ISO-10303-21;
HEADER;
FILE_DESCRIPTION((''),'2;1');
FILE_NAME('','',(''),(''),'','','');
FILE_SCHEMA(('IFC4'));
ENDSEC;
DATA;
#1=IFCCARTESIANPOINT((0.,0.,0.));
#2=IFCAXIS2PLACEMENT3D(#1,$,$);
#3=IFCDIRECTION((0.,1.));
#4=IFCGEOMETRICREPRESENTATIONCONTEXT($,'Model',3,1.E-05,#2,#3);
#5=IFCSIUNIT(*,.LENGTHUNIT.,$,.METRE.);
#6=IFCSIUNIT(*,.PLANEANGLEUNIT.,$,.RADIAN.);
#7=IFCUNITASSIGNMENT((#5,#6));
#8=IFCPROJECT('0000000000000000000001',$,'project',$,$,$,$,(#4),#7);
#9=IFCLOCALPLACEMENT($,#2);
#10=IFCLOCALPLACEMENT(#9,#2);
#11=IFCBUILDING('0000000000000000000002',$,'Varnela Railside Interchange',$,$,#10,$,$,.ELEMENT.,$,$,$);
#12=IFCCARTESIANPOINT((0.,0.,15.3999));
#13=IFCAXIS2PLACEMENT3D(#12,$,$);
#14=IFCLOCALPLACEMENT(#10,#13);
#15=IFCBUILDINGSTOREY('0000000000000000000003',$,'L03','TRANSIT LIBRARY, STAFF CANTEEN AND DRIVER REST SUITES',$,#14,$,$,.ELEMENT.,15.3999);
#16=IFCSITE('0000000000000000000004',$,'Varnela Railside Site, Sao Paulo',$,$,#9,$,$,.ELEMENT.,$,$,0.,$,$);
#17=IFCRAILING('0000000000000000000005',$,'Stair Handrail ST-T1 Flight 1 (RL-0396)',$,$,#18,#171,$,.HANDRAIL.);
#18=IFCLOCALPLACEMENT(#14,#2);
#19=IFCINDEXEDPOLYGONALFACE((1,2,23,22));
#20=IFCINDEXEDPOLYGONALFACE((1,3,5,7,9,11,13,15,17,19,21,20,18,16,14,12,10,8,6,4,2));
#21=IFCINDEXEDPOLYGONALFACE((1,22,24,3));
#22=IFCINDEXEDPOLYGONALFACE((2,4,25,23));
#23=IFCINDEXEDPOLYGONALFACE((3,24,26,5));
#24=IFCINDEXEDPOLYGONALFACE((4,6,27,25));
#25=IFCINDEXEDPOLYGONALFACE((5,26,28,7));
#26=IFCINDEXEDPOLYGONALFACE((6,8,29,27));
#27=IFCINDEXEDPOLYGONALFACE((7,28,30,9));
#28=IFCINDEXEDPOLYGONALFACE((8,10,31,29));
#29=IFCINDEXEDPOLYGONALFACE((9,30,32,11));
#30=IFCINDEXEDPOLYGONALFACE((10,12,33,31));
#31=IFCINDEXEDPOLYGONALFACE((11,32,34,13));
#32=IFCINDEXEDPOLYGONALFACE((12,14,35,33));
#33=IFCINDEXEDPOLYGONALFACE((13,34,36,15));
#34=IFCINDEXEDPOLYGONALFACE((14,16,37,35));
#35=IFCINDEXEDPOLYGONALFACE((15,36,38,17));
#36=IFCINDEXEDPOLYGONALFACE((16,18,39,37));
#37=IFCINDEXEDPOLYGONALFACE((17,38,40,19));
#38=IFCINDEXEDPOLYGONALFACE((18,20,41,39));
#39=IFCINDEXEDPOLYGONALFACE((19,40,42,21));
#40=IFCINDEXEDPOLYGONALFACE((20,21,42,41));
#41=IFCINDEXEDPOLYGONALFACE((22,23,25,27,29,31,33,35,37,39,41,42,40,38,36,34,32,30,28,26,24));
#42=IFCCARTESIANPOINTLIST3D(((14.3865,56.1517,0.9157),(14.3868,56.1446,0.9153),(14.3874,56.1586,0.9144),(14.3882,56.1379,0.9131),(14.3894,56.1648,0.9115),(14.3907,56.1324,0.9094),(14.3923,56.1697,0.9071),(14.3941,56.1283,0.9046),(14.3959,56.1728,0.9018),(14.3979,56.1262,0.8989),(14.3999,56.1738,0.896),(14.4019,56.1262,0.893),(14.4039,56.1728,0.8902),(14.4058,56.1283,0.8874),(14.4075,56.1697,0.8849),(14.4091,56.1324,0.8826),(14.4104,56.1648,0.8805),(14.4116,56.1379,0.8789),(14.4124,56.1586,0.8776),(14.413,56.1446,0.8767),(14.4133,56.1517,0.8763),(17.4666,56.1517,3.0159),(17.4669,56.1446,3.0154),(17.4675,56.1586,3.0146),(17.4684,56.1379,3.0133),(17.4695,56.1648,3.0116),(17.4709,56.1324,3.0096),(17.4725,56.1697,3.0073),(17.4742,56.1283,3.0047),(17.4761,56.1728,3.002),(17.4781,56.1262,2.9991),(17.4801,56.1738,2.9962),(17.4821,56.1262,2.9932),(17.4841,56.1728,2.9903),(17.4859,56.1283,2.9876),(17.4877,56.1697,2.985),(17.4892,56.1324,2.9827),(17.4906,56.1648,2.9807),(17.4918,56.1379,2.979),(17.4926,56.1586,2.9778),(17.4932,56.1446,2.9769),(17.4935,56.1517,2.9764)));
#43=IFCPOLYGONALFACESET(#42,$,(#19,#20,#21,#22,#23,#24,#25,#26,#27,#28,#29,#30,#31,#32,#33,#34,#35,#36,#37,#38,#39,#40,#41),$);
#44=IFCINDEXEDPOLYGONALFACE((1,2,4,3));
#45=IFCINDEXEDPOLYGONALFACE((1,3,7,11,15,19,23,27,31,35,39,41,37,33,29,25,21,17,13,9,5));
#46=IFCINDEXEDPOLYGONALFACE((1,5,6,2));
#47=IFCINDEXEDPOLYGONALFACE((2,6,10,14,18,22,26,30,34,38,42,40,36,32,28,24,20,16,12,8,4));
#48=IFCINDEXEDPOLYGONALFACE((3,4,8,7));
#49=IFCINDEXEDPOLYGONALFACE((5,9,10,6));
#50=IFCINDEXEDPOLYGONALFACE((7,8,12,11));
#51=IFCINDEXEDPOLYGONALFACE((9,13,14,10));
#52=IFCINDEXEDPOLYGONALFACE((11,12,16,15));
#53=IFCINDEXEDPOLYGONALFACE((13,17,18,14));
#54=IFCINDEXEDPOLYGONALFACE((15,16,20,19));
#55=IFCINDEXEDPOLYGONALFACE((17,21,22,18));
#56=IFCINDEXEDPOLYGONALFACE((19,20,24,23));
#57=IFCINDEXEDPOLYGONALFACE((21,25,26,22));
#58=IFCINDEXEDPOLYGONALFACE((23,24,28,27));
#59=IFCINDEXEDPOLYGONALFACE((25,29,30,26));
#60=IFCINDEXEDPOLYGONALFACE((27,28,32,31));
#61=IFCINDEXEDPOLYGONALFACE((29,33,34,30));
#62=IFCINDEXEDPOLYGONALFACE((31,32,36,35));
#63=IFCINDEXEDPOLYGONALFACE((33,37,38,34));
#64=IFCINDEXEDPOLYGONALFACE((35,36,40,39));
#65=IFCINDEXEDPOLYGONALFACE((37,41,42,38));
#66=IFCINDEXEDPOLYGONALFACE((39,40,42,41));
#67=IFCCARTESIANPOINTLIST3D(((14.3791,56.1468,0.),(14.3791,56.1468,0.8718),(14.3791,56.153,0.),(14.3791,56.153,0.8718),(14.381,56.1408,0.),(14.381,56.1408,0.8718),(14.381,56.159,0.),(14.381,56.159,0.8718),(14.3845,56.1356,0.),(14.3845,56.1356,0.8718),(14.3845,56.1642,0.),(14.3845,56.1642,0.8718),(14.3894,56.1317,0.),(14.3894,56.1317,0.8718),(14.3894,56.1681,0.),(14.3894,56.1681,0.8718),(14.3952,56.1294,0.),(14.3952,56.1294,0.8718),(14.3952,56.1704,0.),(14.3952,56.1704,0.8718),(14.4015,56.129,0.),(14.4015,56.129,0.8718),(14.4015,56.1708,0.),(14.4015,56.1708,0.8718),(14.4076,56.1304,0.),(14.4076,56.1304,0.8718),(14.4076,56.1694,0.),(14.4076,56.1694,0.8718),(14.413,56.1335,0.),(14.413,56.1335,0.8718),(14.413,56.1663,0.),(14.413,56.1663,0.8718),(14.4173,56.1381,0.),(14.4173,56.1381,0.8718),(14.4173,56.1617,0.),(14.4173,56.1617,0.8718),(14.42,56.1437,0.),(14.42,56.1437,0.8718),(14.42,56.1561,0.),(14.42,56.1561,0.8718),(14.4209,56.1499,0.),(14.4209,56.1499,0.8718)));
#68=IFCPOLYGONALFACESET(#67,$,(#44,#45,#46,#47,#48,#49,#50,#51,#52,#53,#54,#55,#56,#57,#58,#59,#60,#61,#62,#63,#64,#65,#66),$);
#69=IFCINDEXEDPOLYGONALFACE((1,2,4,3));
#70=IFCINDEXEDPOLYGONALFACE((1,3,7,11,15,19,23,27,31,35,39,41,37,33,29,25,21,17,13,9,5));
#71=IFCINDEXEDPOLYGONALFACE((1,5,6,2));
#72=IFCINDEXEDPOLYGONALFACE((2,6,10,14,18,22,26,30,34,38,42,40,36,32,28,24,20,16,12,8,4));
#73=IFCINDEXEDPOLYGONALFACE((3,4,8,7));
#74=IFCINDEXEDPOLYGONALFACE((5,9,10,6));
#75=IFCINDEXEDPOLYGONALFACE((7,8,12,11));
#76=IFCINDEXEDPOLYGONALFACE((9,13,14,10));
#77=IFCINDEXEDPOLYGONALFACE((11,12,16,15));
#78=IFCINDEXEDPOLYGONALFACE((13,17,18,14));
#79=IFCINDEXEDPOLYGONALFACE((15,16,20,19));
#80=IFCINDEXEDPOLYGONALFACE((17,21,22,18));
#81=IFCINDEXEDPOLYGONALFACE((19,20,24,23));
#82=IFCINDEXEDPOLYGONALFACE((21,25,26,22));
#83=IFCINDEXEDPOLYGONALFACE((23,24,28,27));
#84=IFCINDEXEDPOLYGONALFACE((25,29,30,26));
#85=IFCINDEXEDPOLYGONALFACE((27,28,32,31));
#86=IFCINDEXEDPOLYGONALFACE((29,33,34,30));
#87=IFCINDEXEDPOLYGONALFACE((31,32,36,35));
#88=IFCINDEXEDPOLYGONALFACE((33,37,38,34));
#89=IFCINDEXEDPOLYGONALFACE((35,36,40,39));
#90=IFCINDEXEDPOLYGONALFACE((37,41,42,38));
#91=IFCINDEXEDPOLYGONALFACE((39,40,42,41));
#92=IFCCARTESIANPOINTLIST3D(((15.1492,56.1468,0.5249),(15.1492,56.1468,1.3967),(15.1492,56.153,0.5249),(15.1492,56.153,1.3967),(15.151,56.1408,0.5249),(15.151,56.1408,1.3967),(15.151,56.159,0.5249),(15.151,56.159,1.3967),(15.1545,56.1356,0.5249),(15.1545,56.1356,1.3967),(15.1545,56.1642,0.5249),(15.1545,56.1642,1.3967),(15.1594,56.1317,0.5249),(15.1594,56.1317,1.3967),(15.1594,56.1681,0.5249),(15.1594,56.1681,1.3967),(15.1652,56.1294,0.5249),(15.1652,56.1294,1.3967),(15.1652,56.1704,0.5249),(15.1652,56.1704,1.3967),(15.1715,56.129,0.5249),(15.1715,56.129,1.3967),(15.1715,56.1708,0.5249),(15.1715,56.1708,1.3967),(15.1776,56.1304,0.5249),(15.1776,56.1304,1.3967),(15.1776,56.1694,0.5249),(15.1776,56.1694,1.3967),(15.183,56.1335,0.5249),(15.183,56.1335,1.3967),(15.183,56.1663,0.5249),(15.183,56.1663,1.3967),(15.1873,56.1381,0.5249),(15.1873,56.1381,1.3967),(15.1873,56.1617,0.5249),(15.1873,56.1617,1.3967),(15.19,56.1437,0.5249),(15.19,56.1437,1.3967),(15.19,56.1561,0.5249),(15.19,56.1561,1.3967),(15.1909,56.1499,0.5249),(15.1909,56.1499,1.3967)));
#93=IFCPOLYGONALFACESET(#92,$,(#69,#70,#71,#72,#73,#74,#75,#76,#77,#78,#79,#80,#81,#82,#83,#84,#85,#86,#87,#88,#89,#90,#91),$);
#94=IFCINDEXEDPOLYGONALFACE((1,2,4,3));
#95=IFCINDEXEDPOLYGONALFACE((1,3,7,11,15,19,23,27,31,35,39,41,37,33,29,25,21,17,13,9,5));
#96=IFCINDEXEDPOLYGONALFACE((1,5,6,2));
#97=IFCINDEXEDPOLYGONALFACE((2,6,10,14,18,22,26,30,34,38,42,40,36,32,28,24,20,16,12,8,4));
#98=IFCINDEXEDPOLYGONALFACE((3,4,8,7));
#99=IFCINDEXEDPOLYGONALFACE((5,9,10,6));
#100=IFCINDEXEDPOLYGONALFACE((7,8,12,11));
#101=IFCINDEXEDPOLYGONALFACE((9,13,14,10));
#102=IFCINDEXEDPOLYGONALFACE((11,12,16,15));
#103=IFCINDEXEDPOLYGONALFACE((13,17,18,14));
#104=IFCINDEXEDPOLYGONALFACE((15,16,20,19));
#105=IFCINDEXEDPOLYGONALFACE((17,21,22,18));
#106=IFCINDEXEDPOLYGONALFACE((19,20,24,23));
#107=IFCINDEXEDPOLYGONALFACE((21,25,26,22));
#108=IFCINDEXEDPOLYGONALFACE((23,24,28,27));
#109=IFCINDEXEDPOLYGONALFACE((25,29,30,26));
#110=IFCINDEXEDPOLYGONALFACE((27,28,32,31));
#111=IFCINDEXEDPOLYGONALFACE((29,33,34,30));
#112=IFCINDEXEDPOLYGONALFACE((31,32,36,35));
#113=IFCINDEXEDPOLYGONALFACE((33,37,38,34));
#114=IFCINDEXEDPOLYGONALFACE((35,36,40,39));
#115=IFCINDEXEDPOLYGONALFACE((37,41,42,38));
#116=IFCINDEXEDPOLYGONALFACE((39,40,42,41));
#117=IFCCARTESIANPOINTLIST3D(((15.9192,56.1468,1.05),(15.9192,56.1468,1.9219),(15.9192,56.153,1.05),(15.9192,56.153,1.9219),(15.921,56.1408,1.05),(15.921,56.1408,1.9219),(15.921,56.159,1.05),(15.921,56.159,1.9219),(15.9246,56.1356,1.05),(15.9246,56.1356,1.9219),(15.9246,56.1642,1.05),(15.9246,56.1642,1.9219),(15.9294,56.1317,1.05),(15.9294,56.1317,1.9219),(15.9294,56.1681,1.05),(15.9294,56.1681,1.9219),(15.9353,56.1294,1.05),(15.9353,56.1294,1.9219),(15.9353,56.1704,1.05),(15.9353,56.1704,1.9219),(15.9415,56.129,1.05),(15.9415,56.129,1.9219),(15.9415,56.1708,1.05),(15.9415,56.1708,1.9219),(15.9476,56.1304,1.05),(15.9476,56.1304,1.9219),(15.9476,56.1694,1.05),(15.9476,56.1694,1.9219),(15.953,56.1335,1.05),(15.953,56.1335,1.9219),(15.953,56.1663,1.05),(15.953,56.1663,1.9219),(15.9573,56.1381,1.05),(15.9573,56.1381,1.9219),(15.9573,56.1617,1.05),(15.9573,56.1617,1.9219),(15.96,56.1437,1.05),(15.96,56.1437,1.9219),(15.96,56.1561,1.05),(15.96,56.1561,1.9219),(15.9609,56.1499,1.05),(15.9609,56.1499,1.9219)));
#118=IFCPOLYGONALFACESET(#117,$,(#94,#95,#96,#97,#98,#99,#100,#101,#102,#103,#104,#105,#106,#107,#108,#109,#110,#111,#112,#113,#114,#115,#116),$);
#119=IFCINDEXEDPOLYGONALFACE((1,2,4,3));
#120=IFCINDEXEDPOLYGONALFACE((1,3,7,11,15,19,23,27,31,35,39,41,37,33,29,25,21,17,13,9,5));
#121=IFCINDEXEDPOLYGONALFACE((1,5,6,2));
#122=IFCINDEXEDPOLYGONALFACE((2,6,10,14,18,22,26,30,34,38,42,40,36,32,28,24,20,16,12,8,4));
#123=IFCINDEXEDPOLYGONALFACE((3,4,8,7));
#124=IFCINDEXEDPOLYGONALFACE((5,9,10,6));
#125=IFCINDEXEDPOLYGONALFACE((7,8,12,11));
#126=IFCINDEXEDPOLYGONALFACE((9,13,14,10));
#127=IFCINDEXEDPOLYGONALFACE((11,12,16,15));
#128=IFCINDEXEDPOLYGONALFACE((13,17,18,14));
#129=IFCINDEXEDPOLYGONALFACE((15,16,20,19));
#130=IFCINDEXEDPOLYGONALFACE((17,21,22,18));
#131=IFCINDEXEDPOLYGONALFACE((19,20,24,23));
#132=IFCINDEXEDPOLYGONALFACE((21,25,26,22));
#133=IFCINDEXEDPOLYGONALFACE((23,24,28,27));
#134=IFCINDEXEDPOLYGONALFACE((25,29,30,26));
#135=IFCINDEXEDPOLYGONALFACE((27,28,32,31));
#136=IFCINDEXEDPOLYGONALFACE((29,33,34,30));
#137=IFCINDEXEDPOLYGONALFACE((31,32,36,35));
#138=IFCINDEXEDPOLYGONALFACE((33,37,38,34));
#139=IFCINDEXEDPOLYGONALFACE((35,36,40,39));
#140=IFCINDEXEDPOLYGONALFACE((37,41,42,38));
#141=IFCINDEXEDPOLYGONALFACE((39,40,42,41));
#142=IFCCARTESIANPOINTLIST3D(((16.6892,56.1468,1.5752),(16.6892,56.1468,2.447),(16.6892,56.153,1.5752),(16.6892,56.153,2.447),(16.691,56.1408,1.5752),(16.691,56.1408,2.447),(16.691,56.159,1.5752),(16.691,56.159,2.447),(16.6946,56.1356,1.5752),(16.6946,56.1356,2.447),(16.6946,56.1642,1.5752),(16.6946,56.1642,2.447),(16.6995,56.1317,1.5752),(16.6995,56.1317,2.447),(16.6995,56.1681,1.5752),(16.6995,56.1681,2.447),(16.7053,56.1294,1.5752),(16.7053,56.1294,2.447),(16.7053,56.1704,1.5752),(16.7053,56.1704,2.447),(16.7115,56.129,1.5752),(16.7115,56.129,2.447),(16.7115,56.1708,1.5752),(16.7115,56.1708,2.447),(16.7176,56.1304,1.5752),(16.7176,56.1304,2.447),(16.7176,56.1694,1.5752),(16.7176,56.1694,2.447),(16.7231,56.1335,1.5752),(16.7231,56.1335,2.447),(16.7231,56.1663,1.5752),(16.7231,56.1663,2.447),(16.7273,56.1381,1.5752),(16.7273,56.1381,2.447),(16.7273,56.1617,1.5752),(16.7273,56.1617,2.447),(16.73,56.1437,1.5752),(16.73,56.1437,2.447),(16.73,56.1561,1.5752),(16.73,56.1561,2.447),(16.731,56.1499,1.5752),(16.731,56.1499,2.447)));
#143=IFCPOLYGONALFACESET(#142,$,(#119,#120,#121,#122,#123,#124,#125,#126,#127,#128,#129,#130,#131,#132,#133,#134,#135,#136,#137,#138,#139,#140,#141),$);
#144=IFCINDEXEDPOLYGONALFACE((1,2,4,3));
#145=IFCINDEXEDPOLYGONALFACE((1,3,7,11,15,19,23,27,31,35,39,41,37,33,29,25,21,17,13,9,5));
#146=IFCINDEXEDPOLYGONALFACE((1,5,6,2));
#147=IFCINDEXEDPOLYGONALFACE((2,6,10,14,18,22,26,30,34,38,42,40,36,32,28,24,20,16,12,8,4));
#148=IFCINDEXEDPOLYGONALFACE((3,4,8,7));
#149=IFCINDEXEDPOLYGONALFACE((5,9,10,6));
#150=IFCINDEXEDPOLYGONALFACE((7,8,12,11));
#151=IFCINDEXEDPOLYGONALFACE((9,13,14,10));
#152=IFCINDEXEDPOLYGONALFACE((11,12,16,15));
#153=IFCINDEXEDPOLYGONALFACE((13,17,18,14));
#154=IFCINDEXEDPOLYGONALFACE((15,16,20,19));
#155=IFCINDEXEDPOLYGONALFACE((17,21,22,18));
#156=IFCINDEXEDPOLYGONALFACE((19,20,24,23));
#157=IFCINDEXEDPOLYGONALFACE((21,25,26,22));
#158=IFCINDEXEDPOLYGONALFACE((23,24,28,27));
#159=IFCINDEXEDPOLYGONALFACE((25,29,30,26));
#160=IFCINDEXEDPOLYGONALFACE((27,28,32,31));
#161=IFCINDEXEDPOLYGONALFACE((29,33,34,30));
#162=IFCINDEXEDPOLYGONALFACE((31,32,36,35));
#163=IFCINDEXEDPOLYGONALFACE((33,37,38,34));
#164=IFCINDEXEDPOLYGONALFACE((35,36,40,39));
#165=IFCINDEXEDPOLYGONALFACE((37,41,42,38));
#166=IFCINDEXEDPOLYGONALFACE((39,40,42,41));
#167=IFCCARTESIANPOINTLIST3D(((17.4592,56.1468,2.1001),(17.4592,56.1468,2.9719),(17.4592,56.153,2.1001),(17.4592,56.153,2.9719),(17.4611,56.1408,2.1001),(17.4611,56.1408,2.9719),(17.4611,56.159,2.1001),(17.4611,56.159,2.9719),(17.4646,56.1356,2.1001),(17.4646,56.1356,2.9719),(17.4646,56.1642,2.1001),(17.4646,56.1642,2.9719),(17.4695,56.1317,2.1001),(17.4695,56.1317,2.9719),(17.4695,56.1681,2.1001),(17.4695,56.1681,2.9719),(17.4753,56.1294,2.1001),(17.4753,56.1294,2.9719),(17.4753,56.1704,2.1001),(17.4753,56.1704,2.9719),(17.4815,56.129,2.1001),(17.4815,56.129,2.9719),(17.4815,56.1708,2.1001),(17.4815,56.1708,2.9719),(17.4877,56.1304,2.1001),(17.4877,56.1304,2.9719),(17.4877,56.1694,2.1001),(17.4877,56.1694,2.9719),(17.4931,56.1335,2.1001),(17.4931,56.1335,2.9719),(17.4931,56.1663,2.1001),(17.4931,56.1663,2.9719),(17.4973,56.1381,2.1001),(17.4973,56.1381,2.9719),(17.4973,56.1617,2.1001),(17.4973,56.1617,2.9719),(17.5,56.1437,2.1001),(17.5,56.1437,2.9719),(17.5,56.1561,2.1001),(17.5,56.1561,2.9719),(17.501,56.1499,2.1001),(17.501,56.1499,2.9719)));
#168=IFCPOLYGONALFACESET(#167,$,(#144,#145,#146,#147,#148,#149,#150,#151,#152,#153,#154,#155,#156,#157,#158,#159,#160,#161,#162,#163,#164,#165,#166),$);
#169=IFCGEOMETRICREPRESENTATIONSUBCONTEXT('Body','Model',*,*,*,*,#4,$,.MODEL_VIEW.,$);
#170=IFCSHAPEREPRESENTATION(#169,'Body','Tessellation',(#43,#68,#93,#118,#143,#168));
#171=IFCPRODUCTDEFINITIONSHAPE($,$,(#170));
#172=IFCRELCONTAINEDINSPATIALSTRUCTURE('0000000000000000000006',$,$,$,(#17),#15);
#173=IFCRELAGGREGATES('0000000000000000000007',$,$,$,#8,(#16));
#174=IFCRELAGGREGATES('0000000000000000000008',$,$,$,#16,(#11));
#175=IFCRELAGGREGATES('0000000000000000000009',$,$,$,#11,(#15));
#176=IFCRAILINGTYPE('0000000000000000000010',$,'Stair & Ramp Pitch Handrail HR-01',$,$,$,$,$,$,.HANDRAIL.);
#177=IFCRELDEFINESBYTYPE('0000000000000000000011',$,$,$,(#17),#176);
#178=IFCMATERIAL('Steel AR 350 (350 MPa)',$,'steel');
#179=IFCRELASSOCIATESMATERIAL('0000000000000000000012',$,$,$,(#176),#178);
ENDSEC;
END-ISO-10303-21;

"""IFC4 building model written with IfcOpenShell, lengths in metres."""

from ifc_helpers import new_model, si_unit, direction, frame, origin, origin_2d, place, context, subcontext, project, spatial, circle, extrude, material, type_object, element, save


model = new_model("IFC4")

# Units and contexts
model_context = context("Model", 3, precision=1e-05, world=origin(), true_north=direction((0.0, 1.0)))
body_context = subcontext(model_context, "Body", "Model", "MODEL_VIEW")
ifc_project = project(units=[si_unit("LENGTHUNIT", "METRE"), si_unit("PLANEANGLEUNIT", "RADIAN")], contexts=[model_context])

# Site, building, storey
site_placement = place(None, origin())
site = spatial("IfcSite", under=ifc_project, at=site_placement, Name="Varnela Railside Site, Sao Paulo", CompositionType="ELEMENT", RefElevation=0.0)
building_placement = place(site_placement, origin())
building = spatial("IfcBuilding", under=site, at=building_placement, Name="Varnela Railside Interchange", CompositionType="ELEMENT")
storey_placement = place(building_placement, frame((0.0, 0.0, 15.3999)))
storey = spatial("IfcBuildingStorey", under=building, at=storey_placement, Name="L03", Description="TRANSIT LIBRARY, STAFF CANTEEN AND DRIVER REST SUITES", CompositionType="ELEMENT", Elevation=15.3999)

# Shared definitions
ifc_material_1 = material(Name="Steel AR 350 (350 MPa)", Category="steel")

# Railing
railing_type_1 = type_object("IfcRailingType", Name="Stair & Ramp Pitch Handrail HR-01", PredefinedType="HANDRAIL", material=ifc_material_1)
railing_1_placement = place(storey_placement, frame((14.3999, 56.1499, 0.0)))
element("IfcRailing", 1, at=railing_1_placement, inside=storey, type_object=railing_type_1, Name="Stair Handrail ST-T1 Flight 1 (RL-0396)", PredefinedType="HANDRAIL", context=body_context, shape_type="SweptSolid", body=[
    extrude(circle(Radius=0.0239, at=origin_2d()), frame((0.0, 0.0, 0.896), z_axis=(0.826222, 0.0, 0.563345), x_axis=(0.0, 1.0, 0.0)), (0.0, 0.0, 1.0), 3.728),
    extrude(circle(Radius=0.021, at=origin_2d()), origin(), (0.0, 0.0, 1.0), 0.8718),
    extrude(circle(Radius=0.021, at=origin_2d()), frame((0.77, 0.0, 0.5249)), (0.0, 0.0, 1.0), 0.8718),
    extrude(circle(Radius=0.021, at=origin_2d()), frame((1.54, 0.0, 1.05)), (0.0, 0.0, 1.0), 0.8718),
    extrude(circle(Radius=0.021, at=origin_2d()), frame((2.3101, 0.0, 1.5752)), (0.0, 0.0, 1.0), 0.8718),
    extrude(circle(Radius=0.021, at=origin_2d()), frame((3.0801, 0.0, 2.1001)), (0.0, 0.0, 1.0), 0.8718),
])

save(model, "model.ifc")
